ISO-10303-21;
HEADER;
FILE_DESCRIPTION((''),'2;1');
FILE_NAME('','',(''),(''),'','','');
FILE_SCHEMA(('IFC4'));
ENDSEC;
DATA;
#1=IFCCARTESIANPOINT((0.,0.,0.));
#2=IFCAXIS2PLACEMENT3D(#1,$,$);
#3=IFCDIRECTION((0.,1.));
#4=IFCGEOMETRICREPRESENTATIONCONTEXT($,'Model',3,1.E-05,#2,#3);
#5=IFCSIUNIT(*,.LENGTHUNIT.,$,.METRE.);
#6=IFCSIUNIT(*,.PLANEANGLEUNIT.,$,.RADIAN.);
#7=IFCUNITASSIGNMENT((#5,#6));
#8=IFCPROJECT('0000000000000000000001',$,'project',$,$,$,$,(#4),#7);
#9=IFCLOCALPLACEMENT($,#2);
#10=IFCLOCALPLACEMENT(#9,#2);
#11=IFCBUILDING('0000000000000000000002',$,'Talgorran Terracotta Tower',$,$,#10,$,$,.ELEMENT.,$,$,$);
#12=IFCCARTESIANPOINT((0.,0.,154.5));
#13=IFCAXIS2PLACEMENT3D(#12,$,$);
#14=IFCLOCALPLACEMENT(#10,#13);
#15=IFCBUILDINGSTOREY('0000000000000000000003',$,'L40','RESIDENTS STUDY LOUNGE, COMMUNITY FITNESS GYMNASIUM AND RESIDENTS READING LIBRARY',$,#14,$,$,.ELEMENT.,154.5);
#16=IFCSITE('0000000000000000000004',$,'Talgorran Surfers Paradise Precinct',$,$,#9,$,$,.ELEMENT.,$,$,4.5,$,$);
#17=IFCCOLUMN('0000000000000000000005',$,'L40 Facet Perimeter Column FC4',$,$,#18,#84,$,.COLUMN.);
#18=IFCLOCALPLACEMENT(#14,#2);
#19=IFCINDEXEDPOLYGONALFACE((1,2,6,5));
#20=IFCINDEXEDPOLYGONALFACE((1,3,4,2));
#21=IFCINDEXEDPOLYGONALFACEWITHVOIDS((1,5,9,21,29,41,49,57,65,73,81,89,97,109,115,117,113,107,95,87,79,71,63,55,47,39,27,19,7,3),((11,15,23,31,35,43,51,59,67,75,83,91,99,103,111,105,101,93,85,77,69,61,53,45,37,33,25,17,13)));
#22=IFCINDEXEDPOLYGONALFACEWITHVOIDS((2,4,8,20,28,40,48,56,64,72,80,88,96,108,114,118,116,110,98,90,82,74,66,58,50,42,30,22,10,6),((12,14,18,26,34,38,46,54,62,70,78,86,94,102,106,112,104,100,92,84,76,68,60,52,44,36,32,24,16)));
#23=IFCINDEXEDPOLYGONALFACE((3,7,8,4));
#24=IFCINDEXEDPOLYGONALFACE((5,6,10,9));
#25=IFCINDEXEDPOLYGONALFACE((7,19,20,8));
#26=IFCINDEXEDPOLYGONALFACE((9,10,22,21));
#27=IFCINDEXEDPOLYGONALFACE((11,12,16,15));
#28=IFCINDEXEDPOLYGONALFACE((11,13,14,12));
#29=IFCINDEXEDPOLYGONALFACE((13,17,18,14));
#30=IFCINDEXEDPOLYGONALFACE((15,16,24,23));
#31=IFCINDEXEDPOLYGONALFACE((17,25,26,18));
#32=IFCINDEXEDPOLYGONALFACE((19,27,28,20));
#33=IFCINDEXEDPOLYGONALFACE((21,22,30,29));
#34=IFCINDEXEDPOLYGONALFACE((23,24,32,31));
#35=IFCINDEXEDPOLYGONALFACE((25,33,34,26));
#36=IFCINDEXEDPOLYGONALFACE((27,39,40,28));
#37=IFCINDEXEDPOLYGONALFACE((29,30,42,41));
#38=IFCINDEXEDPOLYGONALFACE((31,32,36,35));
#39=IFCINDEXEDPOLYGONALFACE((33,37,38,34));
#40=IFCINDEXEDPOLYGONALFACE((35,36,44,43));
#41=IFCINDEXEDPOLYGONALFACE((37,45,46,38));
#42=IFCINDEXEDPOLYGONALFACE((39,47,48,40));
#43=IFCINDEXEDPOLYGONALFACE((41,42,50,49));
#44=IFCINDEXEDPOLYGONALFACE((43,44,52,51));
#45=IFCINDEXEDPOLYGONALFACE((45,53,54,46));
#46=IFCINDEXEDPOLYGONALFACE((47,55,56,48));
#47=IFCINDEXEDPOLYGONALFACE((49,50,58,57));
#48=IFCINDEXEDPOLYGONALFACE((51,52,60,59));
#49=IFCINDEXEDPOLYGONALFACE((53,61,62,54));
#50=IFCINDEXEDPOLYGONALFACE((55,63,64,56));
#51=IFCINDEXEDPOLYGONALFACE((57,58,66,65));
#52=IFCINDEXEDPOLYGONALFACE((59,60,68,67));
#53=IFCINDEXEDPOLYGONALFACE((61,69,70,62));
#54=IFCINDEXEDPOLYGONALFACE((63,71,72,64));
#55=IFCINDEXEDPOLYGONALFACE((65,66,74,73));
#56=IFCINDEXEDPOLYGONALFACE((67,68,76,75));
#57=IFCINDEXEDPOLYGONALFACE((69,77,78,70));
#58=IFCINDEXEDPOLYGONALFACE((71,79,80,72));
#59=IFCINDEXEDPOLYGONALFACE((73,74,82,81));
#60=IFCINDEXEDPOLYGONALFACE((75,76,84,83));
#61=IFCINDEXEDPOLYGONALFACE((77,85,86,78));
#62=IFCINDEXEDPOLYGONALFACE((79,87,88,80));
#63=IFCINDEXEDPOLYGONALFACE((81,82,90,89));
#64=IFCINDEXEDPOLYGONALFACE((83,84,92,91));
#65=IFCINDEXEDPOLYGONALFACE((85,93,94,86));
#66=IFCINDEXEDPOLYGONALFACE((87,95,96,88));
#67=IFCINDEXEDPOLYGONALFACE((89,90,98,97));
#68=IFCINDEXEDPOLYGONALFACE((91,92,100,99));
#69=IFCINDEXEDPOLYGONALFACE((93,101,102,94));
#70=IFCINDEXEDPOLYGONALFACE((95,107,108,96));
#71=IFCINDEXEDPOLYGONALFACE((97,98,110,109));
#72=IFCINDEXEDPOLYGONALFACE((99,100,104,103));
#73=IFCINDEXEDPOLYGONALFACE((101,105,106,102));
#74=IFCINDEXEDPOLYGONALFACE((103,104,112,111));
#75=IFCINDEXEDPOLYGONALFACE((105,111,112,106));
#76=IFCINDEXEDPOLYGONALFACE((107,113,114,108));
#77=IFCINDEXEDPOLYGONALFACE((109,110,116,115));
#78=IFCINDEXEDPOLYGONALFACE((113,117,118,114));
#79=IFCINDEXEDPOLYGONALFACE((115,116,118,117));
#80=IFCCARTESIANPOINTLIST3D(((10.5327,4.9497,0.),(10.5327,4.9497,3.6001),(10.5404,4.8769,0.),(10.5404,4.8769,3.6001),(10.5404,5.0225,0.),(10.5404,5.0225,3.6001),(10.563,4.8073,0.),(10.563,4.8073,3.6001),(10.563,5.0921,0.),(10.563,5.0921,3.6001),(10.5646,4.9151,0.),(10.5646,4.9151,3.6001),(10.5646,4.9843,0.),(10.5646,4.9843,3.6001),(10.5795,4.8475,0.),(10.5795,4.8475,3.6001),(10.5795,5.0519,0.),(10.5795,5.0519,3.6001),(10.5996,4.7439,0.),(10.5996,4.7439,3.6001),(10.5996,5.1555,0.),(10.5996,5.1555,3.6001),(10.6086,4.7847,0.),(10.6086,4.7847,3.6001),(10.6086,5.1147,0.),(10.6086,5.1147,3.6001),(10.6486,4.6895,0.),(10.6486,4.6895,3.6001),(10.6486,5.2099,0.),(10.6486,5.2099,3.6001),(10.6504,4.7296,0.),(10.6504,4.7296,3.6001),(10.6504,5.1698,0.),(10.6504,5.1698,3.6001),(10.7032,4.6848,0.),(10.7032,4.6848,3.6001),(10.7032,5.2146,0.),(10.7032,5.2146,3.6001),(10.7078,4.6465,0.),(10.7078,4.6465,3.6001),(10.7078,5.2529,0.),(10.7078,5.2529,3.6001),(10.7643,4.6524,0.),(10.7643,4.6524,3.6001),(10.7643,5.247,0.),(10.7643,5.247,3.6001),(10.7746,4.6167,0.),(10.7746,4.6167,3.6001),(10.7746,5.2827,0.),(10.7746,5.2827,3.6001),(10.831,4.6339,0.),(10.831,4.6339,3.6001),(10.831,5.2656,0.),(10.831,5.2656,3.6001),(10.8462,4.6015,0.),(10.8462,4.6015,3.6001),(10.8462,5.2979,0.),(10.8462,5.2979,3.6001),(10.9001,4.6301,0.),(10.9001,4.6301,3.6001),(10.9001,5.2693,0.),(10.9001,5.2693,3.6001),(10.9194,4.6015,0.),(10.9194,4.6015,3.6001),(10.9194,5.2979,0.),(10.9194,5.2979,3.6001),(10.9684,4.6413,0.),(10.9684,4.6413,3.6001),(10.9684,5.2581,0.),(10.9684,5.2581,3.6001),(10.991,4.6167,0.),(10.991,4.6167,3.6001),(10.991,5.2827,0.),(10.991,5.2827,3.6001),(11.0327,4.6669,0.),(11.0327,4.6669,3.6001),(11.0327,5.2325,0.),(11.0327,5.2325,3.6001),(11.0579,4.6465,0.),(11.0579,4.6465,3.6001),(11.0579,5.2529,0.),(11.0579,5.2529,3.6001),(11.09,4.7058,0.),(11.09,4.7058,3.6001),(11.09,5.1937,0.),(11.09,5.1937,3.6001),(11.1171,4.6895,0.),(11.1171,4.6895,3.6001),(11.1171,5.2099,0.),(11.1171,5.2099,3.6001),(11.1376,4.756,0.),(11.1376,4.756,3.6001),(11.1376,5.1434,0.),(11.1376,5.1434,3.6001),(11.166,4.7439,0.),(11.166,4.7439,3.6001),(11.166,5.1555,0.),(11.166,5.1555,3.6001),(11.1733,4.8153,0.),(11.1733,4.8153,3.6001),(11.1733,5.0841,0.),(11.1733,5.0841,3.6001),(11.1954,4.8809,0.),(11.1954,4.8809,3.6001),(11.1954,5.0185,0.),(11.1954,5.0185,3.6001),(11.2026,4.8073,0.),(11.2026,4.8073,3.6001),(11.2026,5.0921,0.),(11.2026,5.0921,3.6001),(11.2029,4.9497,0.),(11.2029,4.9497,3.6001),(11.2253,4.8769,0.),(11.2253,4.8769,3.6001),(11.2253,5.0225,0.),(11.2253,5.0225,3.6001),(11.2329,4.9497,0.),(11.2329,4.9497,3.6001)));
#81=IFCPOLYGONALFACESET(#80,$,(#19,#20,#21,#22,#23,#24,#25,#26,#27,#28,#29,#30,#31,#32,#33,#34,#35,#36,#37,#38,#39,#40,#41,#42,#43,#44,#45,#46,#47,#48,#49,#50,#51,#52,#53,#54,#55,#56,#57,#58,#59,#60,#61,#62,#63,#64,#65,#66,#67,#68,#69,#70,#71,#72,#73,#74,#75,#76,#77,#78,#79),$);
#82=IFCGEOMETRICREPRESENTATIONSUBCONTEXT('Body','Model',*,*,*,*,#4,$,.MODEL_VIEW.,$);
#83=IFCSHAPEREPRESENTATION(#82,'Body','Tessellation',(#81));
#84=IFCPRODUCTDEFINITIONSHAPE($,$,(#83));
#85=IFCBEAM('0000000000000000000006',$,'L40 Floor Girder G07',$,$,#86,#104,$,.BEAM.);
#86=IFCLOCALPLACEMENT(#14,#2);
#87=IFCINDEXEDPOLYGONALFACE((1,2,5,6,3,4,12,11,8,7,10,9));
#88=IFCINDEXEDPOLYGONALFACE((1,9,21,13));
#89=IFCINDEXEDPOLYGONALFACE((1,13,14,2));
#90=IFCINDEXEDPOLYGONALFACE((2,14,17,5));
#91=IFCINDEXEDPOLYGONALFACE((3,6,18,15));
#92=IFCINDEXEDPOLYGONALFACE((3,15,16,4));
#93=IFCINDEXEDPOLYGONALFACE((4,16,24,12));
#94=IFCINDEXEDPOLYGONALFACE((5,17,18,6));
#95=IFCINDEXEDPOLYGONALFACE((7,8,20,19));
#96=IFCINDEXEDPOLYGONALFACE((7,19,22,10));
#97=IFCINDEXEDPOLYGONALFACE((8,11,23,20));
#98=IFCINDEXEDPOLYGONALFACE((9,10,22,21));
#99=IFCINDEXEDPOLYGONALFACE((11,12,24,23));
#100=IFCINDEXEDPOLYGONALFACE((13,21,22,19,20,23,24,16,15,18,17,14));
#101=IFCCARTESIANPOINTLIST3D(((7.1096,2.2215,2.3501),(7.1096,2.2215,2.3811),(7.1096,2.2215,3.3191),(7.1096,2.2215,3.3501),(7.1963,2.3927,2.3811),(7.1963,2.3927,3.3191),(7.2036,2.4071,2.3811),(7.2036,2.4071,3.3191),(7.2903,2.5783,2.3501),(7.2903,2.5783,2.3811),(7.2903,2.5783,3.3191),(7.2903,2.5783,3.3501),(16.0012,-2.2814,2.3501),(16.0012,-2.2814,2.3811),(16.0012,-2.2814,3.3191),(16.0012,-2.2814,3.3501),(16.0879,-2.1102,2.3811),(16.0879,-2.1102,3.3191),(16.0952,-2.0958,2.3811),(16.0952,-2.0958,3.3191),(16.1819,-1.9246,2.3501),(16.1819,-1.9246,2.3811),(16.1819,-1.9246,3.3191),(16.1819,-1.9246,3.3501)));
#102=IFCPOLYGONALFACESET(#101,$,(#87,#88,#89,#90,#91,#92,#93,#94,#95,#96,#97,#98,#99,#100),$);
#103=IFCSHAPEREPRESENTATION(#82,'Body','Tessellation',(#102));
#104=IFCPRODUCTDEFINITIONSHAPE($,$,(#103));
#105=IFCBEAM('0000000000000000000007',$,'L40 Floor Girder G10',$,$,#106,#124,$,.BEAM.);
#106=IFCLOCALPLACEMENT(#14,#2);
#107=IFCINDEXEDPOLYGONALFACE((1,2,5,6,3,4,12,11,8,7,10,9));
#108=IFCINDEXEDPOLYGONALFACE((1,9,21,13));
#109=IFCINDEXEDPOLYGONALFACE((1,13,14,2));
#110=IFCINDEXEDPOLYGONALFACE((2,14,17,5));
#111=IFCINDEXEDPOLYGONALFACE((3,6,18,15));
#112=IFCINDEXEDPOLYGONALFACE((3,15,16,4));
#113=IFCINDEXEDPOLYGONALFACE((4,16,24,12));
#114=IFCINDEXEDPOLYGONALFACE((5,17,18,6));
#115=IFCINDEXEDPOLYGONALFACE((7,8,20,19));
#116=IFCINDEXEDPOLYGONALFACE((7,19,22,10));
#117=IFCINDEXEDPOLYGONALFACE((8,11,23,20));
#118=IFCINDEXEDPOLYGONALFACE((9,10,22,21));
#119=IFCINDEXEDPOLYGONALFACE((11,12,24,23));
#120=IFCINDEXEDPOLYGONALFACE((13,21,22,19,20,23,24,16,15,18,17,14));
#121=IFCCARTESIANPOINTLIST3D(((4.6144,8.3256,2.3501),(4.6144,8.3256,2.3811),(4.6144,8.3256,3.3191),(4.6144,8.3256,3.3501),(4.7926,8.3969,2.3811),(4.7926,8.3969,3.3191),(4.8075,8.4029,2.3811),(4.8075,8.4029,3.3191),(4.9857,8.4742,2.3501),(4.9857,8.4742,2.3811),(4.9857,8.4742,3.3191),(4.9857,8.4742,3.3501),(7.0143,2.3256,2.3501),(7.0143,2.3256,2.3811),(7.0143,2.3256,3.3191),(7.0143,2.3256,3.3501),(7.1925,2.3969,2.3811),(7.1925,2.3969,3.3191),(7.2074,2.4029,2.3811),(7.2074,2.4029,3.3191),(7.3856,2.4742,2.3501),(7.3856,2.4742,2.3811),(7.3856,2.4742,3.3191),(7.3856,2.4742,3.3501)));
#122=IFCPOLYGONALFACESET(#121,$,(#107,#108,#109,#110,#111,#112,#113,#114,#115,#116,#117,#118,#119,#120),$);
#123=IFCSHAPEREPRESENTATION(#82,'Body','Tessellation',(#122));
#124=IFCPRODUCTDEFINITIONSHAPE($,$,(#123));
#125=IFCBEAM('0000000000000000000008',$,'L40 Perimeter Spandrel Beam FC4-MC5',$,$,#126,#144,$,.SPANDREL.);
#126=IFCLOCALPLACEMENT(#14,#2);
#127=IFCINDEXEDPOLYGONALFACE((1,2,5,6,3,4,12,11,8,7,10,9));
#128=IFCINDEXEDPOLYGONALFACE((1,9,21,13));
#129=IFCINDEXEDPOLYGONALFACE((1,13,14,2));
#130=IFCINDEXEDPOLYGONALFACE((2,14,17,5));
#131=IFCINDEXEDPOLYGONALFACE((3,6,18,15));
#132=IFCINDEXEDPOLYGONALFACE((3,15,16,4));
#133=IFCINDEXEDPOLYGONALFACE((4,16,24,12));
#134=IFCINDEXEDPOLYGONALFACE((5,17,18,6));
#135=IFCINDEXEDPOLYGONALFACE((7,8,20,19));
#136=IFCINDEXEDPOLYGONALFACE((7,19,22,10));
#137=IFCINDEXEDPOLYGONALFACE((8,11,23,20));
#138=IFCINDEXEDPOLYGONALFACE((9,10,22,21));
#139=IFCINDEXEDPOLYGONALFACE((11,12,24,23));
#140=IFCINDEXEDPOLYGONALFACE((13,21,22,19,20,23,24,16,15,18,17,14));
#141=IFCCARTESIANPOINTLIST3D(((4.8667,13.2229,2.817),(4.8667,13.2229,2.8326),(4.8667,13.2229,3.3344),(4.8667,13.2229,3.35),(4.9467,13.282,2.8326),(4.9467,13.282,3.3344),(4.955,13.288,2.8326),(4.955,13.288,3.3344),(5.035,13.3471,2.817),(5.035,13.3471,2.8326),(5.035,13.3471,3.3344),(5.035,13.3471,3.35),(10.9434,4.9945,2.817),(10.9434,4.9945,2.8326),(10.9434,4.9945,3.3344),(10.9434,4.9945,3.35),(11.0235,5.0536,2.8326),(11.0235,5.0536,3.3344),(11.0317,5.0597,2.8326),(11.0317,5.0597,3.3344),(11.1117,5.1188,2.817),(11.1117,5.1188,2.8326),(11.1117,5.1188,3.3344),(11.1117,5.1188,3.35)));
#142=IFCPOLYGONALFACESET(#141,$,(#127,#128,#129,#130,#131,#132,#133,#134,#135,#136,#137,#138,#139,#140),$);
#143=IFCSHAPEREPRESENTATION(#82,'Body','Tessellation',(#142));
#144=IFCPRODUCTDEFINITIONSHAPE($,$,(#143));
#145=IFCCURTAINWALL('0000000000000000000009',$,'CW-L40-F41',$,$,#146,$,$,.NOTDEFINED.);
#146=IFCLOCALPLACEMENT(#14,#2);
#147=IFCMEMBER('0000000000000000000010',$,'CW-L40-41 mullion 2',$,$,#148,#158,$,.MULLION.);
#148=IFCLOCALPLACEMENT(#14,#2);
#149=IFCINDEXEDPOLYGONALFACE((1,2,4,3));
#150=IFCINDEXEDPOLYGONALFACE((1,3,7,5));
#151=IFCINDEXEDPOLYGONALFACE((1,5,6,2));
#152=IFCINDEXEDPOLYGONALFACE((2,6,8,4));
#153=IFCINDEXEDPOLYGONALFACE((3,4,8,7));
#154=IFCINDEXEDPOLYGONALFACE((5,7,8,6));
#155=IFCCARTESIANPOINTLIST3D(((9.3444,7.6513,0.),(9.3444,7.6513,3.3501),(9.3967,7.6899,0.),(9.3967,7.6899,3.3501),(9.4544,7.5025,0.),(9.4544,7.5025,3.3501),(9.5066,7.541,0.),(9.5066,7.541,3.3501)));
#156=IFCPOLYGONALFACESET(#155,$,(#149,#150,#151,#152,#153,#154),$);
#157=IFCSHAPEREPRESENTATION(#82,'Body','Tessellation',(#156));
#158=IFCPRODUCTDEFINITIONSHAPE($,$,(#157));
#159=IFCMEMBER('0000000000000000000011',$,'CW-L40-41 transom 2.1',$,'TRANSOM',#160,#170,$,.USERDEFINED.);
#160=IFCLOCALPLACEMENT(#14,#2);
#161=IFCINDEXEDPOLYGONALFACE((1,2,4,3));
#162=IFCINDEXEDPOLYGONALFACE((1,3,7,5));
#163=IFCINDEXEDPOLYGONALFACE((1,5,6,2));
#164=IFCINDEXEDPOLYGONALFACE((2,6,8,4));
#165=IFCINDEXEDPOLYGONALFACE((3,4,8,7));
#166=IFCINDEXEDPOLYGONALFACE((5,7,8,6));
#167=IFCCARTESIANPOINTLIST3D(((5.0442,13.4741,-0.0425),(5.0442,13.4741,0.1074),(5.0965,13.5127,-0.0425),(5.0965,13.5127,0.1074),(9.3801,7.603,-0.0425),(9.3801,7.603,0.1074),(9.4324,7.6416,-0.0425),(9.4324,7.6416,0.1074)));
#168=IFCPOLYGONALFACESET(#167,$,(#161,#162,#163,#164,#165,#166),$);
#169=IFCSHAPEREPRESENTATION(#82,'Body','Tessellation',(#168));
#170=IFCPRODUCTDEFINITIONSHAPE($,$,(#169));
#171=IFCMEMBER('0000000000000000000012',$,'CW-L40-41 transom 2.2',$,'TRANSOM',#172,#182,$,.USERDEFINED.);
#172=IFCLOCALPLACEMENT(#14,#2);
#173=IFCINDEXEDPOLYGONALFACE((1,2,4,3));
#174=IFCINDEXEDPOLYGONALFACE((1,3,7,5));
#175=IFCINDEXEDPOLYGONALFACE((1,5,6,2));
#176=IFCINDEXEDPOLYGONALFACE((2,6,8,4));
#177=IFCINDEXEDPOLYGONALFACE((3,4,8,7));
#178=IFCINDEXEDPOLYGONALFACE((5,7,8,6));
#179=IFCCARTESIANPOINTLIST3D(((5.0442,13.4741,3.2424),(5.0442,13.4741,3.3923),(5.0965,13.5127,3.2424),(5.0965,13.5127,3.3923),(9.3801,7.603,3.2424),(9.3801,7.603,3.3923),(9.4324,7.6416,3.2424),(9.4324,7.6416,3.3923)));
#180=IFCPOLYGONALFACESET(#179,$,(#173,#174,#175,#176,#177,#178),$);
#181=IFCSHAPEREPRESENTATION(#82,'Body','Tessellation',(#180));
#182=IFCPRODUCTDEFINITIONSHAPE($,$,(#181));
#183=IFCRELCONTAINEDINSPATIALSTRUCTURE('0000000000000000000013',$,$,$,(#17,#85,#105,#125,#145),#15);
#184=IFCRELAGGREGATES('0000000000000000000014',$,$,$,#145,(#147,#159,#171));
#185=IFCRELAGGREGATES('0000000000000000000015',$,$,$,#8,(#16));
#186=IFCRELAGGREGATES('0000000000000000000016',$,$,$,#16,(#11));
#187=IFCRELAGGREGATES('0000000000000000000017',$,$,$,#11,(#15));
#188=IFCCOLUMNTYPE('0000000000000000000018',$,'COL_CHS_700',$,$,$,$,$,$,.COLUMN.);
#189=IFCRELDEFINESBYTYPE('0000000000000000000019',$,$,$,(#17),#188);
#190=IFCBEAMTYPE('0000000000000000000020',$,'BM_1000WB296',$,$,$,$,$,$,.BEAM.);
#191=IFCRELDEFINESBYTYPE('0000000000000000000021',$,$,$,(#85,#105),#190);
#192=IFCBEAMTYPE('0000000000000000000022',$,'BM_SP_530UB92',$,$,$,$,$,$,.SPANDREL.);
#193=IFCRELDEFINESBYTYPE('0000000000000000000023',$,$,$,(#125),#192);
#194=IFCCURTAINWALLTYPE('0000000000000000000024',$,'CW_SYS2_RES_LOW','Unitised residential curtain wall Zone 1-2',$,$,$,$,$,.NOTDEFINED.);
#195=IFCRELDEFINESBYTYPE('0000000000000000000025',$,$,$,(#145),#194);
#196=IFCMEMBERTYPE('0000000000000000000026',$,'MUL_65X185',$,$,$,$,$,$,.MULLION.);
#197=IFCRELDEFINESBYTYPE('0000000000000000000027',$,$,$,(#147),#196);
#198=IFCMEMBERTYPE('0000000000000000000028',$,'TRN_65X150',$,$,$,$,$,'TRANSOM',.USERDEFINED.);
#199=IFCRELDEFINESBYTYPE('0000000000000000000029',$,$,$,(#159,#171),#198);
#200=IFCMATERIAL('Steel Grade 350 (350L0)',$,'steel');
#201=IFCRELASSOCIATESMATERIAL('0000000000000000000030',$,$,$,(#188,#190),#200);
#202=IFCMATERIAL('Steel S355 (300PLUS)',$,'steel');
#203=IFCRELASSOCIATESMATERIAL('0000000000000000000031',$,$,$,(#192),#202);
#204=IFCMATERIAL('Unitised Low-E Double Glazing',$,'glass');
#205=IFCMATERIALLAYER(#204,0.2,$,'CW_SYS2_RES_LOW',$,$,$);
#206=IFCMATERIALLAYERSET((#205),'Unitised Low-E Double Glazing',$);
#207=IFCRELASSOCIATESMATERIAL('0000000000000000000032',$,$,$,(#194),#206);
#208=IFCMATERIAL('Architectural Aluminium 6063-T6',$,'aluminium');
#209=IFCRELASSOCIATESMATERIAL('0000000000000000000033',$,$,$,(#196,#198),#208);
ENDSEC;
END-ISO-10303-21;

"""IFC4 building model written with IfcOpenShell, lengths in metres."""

from ifc_helpers import new_model, si_unit, direction, frame, origin, origin_2d, place, context, subcontext, project, spatial, rectangle, hollow_circle, i_section, extrude, material, layer, layer_set, material_profile, profile_set, type_object, element, aggregate, save


model = new_model("IFC4")

# Units and contexts
model_context = context("Model", 3, precision=1e-05, world=origin(), true_north=direction((0.0, 1.0)))
body_context = subcontext(model_context, "Body", "Model", "MODEL_VIEW")
ifc_project = project(units=[si_unit("LENGTHUNIT", "METRE"), si_unit("PLANEANGLEUNIT", "RADIAN")], contexts=[model_context])

# Site, building, storey
site_placement = place(None, origin())
site = spatial("IfcSite", under=ifc_project, at=site_placement, Name="Talgorran Surfers Paradise Precinct", CompositionType="ELEMENT", RefElevation=4.5)
building_placement = place(site_placement, origin())
building = spatial("IfcBuilding", under=site, at=building_placement, Name="Talgorran Terracotta Tower", CompositionType="ELEMENT")
storey_placement = place(building_placement, frame((0.0, 0.0, 154.5)))
storey = spatial("IfcBuildingStorey", under=building, at=storey_placement, Name="L40", Description="RESIDENTS STUDY LOUNGE, COMMUNITY FITNESS GYMNASIUM AND RESIDENTS READING LIBRARY", CompositionType="ELEMENT", Elevation=154.5)

# Column
ifc_material_1 = material(Name="Steel Grade 350 (350L0)", Category="steel")
ifc_material_profile_1 = material_profile(ifc_material_1, hollow_circle(Radius=0.3501, WallThickness=0.03, at=origin_2d()), Name="CHS700X30")
ifc_profile_set_1 = profile_set([ifc_material_profile_1], Name="Steel Grade 350 (350L0)")
column_type = type_object("IfcColumnType", Name="COL_CHS_700", PredefinedType="COLUMN", material=ifc_profile_set_1)
column_placement = place(storey_placement, frame((10.8828, 4.9497, 0.0), z_axis=(0.0, 0.0, 1.0), x_axis=(1.0, 0.0, 0.0)))
element("IfcColumn", 1, at=column_placement, inside=storey, type_object=column_type, Name="L40 Facet Perimeter Column FC4", PredefinedType="COLUMN", context=body_context, shape_type="SweptSolid", body=[
    extrude(hollow_circle(Radius=0.3501, WallThickness=0.03, at=origin_2d()), origin(), (0.0, 0.0, 1.0), 3.6001),
])

# Beams
ifc_material_profile_2 = material_profile(ifc_material_1, i_section(OverallWidth=0.3999, OverallDepth=1.0, WebThickness=0.0161, FlangeThickness=0.031, at=origin_2d()), Name="1000WB296")
ifc_profile_set_2 = profile_set([ifc_material_profile_2], Name="Steel Grade 350 (350L0)")
beam_type_1 = type_object("IfcBeamType", Name="BM_1000WB296", PredefinedType="BEAM", material=ifc_profile_set_2)
beam_1_placement = place(storey_placement, frame((7.2, 2.3999, 2.8501), z_axis=(0.892123, -0.451793, 0.0), x_axis=(0.451793, 0.892123, 0.0)))
element("IfcBeam", 2, at=beam_1_placement, inside=storey, type_object=beam_type_1, Name="L40 Floor Girder G07", PredefinedType="BEAM", context=body_context, shape_type="SweptSolid", body=[
    extrude(i_section(OverallWidth=0.3999, OverallDepth=1.0, WebThickness=0.0161, FlangeThickness=0.031, at=origin_2d()), origin(), (0.0, 0.0, 1.0), 9.9668),
])
beam_2_placement = place(storey_placement, frame((7.2, 2.3999, 2.8501), z_axis=(-0.371378, 0.928482, 0.0), x_axis=(-0.928482, -0.371378, 0.0)))
element("IfcBeam", 3, at=beam_2_placement, inside=storey, type_object=beam_type_1, Name="L40 Floor Girder G10", PredefinedType="BEAM", context=body_context, shape_type="SweptSolid", body=[
    extrude(i_section(OverallWidth=0.3999, OverallDepth=1.0, WebThickness=0.0161, FlangeThickness=0.031, at=origin_2d()), origin(), (0.0, 0.0, 1.0), 6.4622),
])
ifc_material_2 = material(Name="Steel S355 (300PLUS)", Category="steel")
ifc_material_profile_3 = material_profile(ifc_material_2, i_section(OverallWidth=0.2092, OverallDepth=0.533, WebThickness=0.0103, FlangeThickness=0.0156, at=origin_2d()), Name="530UB92.4")
ifc_profile_set_3 = profile_set([ifc_material_profile_3], Name="Steel S355 (300PLUS)")
beam_type_2 = type_object("IfcBeamType", Name="BM_SP_530UB92", PredefinedType="SPANDREL", material=ifc_profile_set_3)
beam_3_placement = place(storey_placement, frame((11.0276, 5.0566, 3.0835), z_axis=(-0.594068, 0.804415, 0.0), x_axis=(-0.804415, -0.594068, 0.0)))
element("IfcBeam", 4, at=beam_3_placement, inside=storey, type_object=beam_type_2, Name="L40 Perimeter Spandrel Beam FC4-MC5", PredefinedType="SPANDREL", context=body_context, shape_type="SweptSolid", body=[
    extrude(i_section(OverallWidth=0.2092, OverallDepth=0.533, WebThickness=0.0103, FlangeThickness=0.0156, at=origin_2d()), origin(), (0.0, 0.0, 1.0), 10.229),
])

# Curtain wall, members
ifc_material_3 = material(Name="Unitised Low-E Double Glazing", Category="glass")
ifc_layer_1 = layer(ifc_material_3, 0.2, Name="CW_SYS2_RES_LOW")
ifc_layer_set_1 = layer_set([ifc_layer_1], Name="Unitised Low-E Double Glazing")
curtain_wall_type = type_object("IfcCurtainWallType", Name="CW_SYS2_RES_LOW", Description="Unitised residential curtain wall Zone 1-2", PredefinedType="NOTDEFINED", material=ifc_layer_set_1)
curtain_wall_placement = place(storey_placement, origin())
curtain_wall = element("IfcCurtainWall", 5, at=curtain_wall_placement, inside=storey, type_object=curtain_wall_type, Name="CW-L40-F41", PredefinedType="NOTDEFINED")
ifc_material_4 = material(Name="Architectural Aluminium 6063-T6", Category="aluminium")
ifc_material_profile_4 = material_profile(ifc_material_4, rectangle(XDim=0.0649, YDim=0.1851, at=origin_2d()), Name="CWM65X185")
ifc_profile_set_4 = profile_set([ifc_material_profile_4], Name="Architectural Aluminium 6063-T6")
member_type_1 = type_object("IfcMemberType", Name="MUL_65X185", PredefinedType="MULLION", material=ifc_profile_set_4)
member_1_placement = place(storey_placement, frame((9.4255, 7.5962, 0.0), z_axis=(0.0, 0.0, 1.0), x_axis=(-0.80441, -0.594075, 0.0)))
member_1 = element("IfcMember", 6, at=member_1_placement, type_object=member_type_1, Name="CW-L40-41 mullion 2", PredefinedType="MULLION", context=body_context, shape_type="SweptSolid", body=[
    extrude(rectangle(XDim=0.0649, YDim=0.1851, at=origin_2d()), origin(), (0.0, 0.0, 1.0), 3.3501),
])
ifc_material_profile_5 = material_profile(ifc_material_4, rectangle(XDim=0.0649, YDim=0.1499, at=origin_2d()), Name="CWT65X150")
ifc_profile_set_5 = profile_set([ifc_material_profile_5], Name="Architectural Aluminium 6063-T6")
member_type_2 = type_object("IfcMemberType", Name="TRN_65X150", ElementType="TRANSOM", PredefinedType="USERDEFINED", material=ifc_profile_set_5)
member_2_placement = place(storey_placement, frame((9.4062, 7.6223, 0.0325), z_axis=(-0.594075, 0.80441, 0.0), x_axis=(-0.80441, -0.594075, 0.0)))
member_2 = element("IfcMember", 7, at=member_2_placement, type_object=member_type_2, Name="CW-L40-41 transom 2.1", ObjectType="TRANSOM", PredefinedType="USERDEFINED", context=body_context, shape_type="SweptSolid", body=[
    extrude(rectangle(XDim=0.0649, YDim=0.1499, at=origin_2d()), origin(), (0.0, 0.0, 1.0), 7.2986),
])
member_3_placement = place(storey_placement, frame((9.4062, 7.6223, 3.3174), z_axis=(-0.594075, 0.80441, 0.0), x_axis=(-0.80441, -0.594075, 0.0)))
member_3 = element("IfcMember", 8, at=member_3_placement, type_object=member_type_2, Name="CW-L40-41 transom 2.2", ObjectType="TRANSOM", PredefinedType="USERDEFINED", context=body_context, shape_type="SweptSolid", body=[
    extrude(rectangle(XDim=0.0649, YDim=0.1499, at=origin_2d()), origin(), (0.0, 0.0, 1.0), 7.2986),
])

aggregate(curtain_wall, [member_1, member_2, member_3])

save(model, "model.ifc")
